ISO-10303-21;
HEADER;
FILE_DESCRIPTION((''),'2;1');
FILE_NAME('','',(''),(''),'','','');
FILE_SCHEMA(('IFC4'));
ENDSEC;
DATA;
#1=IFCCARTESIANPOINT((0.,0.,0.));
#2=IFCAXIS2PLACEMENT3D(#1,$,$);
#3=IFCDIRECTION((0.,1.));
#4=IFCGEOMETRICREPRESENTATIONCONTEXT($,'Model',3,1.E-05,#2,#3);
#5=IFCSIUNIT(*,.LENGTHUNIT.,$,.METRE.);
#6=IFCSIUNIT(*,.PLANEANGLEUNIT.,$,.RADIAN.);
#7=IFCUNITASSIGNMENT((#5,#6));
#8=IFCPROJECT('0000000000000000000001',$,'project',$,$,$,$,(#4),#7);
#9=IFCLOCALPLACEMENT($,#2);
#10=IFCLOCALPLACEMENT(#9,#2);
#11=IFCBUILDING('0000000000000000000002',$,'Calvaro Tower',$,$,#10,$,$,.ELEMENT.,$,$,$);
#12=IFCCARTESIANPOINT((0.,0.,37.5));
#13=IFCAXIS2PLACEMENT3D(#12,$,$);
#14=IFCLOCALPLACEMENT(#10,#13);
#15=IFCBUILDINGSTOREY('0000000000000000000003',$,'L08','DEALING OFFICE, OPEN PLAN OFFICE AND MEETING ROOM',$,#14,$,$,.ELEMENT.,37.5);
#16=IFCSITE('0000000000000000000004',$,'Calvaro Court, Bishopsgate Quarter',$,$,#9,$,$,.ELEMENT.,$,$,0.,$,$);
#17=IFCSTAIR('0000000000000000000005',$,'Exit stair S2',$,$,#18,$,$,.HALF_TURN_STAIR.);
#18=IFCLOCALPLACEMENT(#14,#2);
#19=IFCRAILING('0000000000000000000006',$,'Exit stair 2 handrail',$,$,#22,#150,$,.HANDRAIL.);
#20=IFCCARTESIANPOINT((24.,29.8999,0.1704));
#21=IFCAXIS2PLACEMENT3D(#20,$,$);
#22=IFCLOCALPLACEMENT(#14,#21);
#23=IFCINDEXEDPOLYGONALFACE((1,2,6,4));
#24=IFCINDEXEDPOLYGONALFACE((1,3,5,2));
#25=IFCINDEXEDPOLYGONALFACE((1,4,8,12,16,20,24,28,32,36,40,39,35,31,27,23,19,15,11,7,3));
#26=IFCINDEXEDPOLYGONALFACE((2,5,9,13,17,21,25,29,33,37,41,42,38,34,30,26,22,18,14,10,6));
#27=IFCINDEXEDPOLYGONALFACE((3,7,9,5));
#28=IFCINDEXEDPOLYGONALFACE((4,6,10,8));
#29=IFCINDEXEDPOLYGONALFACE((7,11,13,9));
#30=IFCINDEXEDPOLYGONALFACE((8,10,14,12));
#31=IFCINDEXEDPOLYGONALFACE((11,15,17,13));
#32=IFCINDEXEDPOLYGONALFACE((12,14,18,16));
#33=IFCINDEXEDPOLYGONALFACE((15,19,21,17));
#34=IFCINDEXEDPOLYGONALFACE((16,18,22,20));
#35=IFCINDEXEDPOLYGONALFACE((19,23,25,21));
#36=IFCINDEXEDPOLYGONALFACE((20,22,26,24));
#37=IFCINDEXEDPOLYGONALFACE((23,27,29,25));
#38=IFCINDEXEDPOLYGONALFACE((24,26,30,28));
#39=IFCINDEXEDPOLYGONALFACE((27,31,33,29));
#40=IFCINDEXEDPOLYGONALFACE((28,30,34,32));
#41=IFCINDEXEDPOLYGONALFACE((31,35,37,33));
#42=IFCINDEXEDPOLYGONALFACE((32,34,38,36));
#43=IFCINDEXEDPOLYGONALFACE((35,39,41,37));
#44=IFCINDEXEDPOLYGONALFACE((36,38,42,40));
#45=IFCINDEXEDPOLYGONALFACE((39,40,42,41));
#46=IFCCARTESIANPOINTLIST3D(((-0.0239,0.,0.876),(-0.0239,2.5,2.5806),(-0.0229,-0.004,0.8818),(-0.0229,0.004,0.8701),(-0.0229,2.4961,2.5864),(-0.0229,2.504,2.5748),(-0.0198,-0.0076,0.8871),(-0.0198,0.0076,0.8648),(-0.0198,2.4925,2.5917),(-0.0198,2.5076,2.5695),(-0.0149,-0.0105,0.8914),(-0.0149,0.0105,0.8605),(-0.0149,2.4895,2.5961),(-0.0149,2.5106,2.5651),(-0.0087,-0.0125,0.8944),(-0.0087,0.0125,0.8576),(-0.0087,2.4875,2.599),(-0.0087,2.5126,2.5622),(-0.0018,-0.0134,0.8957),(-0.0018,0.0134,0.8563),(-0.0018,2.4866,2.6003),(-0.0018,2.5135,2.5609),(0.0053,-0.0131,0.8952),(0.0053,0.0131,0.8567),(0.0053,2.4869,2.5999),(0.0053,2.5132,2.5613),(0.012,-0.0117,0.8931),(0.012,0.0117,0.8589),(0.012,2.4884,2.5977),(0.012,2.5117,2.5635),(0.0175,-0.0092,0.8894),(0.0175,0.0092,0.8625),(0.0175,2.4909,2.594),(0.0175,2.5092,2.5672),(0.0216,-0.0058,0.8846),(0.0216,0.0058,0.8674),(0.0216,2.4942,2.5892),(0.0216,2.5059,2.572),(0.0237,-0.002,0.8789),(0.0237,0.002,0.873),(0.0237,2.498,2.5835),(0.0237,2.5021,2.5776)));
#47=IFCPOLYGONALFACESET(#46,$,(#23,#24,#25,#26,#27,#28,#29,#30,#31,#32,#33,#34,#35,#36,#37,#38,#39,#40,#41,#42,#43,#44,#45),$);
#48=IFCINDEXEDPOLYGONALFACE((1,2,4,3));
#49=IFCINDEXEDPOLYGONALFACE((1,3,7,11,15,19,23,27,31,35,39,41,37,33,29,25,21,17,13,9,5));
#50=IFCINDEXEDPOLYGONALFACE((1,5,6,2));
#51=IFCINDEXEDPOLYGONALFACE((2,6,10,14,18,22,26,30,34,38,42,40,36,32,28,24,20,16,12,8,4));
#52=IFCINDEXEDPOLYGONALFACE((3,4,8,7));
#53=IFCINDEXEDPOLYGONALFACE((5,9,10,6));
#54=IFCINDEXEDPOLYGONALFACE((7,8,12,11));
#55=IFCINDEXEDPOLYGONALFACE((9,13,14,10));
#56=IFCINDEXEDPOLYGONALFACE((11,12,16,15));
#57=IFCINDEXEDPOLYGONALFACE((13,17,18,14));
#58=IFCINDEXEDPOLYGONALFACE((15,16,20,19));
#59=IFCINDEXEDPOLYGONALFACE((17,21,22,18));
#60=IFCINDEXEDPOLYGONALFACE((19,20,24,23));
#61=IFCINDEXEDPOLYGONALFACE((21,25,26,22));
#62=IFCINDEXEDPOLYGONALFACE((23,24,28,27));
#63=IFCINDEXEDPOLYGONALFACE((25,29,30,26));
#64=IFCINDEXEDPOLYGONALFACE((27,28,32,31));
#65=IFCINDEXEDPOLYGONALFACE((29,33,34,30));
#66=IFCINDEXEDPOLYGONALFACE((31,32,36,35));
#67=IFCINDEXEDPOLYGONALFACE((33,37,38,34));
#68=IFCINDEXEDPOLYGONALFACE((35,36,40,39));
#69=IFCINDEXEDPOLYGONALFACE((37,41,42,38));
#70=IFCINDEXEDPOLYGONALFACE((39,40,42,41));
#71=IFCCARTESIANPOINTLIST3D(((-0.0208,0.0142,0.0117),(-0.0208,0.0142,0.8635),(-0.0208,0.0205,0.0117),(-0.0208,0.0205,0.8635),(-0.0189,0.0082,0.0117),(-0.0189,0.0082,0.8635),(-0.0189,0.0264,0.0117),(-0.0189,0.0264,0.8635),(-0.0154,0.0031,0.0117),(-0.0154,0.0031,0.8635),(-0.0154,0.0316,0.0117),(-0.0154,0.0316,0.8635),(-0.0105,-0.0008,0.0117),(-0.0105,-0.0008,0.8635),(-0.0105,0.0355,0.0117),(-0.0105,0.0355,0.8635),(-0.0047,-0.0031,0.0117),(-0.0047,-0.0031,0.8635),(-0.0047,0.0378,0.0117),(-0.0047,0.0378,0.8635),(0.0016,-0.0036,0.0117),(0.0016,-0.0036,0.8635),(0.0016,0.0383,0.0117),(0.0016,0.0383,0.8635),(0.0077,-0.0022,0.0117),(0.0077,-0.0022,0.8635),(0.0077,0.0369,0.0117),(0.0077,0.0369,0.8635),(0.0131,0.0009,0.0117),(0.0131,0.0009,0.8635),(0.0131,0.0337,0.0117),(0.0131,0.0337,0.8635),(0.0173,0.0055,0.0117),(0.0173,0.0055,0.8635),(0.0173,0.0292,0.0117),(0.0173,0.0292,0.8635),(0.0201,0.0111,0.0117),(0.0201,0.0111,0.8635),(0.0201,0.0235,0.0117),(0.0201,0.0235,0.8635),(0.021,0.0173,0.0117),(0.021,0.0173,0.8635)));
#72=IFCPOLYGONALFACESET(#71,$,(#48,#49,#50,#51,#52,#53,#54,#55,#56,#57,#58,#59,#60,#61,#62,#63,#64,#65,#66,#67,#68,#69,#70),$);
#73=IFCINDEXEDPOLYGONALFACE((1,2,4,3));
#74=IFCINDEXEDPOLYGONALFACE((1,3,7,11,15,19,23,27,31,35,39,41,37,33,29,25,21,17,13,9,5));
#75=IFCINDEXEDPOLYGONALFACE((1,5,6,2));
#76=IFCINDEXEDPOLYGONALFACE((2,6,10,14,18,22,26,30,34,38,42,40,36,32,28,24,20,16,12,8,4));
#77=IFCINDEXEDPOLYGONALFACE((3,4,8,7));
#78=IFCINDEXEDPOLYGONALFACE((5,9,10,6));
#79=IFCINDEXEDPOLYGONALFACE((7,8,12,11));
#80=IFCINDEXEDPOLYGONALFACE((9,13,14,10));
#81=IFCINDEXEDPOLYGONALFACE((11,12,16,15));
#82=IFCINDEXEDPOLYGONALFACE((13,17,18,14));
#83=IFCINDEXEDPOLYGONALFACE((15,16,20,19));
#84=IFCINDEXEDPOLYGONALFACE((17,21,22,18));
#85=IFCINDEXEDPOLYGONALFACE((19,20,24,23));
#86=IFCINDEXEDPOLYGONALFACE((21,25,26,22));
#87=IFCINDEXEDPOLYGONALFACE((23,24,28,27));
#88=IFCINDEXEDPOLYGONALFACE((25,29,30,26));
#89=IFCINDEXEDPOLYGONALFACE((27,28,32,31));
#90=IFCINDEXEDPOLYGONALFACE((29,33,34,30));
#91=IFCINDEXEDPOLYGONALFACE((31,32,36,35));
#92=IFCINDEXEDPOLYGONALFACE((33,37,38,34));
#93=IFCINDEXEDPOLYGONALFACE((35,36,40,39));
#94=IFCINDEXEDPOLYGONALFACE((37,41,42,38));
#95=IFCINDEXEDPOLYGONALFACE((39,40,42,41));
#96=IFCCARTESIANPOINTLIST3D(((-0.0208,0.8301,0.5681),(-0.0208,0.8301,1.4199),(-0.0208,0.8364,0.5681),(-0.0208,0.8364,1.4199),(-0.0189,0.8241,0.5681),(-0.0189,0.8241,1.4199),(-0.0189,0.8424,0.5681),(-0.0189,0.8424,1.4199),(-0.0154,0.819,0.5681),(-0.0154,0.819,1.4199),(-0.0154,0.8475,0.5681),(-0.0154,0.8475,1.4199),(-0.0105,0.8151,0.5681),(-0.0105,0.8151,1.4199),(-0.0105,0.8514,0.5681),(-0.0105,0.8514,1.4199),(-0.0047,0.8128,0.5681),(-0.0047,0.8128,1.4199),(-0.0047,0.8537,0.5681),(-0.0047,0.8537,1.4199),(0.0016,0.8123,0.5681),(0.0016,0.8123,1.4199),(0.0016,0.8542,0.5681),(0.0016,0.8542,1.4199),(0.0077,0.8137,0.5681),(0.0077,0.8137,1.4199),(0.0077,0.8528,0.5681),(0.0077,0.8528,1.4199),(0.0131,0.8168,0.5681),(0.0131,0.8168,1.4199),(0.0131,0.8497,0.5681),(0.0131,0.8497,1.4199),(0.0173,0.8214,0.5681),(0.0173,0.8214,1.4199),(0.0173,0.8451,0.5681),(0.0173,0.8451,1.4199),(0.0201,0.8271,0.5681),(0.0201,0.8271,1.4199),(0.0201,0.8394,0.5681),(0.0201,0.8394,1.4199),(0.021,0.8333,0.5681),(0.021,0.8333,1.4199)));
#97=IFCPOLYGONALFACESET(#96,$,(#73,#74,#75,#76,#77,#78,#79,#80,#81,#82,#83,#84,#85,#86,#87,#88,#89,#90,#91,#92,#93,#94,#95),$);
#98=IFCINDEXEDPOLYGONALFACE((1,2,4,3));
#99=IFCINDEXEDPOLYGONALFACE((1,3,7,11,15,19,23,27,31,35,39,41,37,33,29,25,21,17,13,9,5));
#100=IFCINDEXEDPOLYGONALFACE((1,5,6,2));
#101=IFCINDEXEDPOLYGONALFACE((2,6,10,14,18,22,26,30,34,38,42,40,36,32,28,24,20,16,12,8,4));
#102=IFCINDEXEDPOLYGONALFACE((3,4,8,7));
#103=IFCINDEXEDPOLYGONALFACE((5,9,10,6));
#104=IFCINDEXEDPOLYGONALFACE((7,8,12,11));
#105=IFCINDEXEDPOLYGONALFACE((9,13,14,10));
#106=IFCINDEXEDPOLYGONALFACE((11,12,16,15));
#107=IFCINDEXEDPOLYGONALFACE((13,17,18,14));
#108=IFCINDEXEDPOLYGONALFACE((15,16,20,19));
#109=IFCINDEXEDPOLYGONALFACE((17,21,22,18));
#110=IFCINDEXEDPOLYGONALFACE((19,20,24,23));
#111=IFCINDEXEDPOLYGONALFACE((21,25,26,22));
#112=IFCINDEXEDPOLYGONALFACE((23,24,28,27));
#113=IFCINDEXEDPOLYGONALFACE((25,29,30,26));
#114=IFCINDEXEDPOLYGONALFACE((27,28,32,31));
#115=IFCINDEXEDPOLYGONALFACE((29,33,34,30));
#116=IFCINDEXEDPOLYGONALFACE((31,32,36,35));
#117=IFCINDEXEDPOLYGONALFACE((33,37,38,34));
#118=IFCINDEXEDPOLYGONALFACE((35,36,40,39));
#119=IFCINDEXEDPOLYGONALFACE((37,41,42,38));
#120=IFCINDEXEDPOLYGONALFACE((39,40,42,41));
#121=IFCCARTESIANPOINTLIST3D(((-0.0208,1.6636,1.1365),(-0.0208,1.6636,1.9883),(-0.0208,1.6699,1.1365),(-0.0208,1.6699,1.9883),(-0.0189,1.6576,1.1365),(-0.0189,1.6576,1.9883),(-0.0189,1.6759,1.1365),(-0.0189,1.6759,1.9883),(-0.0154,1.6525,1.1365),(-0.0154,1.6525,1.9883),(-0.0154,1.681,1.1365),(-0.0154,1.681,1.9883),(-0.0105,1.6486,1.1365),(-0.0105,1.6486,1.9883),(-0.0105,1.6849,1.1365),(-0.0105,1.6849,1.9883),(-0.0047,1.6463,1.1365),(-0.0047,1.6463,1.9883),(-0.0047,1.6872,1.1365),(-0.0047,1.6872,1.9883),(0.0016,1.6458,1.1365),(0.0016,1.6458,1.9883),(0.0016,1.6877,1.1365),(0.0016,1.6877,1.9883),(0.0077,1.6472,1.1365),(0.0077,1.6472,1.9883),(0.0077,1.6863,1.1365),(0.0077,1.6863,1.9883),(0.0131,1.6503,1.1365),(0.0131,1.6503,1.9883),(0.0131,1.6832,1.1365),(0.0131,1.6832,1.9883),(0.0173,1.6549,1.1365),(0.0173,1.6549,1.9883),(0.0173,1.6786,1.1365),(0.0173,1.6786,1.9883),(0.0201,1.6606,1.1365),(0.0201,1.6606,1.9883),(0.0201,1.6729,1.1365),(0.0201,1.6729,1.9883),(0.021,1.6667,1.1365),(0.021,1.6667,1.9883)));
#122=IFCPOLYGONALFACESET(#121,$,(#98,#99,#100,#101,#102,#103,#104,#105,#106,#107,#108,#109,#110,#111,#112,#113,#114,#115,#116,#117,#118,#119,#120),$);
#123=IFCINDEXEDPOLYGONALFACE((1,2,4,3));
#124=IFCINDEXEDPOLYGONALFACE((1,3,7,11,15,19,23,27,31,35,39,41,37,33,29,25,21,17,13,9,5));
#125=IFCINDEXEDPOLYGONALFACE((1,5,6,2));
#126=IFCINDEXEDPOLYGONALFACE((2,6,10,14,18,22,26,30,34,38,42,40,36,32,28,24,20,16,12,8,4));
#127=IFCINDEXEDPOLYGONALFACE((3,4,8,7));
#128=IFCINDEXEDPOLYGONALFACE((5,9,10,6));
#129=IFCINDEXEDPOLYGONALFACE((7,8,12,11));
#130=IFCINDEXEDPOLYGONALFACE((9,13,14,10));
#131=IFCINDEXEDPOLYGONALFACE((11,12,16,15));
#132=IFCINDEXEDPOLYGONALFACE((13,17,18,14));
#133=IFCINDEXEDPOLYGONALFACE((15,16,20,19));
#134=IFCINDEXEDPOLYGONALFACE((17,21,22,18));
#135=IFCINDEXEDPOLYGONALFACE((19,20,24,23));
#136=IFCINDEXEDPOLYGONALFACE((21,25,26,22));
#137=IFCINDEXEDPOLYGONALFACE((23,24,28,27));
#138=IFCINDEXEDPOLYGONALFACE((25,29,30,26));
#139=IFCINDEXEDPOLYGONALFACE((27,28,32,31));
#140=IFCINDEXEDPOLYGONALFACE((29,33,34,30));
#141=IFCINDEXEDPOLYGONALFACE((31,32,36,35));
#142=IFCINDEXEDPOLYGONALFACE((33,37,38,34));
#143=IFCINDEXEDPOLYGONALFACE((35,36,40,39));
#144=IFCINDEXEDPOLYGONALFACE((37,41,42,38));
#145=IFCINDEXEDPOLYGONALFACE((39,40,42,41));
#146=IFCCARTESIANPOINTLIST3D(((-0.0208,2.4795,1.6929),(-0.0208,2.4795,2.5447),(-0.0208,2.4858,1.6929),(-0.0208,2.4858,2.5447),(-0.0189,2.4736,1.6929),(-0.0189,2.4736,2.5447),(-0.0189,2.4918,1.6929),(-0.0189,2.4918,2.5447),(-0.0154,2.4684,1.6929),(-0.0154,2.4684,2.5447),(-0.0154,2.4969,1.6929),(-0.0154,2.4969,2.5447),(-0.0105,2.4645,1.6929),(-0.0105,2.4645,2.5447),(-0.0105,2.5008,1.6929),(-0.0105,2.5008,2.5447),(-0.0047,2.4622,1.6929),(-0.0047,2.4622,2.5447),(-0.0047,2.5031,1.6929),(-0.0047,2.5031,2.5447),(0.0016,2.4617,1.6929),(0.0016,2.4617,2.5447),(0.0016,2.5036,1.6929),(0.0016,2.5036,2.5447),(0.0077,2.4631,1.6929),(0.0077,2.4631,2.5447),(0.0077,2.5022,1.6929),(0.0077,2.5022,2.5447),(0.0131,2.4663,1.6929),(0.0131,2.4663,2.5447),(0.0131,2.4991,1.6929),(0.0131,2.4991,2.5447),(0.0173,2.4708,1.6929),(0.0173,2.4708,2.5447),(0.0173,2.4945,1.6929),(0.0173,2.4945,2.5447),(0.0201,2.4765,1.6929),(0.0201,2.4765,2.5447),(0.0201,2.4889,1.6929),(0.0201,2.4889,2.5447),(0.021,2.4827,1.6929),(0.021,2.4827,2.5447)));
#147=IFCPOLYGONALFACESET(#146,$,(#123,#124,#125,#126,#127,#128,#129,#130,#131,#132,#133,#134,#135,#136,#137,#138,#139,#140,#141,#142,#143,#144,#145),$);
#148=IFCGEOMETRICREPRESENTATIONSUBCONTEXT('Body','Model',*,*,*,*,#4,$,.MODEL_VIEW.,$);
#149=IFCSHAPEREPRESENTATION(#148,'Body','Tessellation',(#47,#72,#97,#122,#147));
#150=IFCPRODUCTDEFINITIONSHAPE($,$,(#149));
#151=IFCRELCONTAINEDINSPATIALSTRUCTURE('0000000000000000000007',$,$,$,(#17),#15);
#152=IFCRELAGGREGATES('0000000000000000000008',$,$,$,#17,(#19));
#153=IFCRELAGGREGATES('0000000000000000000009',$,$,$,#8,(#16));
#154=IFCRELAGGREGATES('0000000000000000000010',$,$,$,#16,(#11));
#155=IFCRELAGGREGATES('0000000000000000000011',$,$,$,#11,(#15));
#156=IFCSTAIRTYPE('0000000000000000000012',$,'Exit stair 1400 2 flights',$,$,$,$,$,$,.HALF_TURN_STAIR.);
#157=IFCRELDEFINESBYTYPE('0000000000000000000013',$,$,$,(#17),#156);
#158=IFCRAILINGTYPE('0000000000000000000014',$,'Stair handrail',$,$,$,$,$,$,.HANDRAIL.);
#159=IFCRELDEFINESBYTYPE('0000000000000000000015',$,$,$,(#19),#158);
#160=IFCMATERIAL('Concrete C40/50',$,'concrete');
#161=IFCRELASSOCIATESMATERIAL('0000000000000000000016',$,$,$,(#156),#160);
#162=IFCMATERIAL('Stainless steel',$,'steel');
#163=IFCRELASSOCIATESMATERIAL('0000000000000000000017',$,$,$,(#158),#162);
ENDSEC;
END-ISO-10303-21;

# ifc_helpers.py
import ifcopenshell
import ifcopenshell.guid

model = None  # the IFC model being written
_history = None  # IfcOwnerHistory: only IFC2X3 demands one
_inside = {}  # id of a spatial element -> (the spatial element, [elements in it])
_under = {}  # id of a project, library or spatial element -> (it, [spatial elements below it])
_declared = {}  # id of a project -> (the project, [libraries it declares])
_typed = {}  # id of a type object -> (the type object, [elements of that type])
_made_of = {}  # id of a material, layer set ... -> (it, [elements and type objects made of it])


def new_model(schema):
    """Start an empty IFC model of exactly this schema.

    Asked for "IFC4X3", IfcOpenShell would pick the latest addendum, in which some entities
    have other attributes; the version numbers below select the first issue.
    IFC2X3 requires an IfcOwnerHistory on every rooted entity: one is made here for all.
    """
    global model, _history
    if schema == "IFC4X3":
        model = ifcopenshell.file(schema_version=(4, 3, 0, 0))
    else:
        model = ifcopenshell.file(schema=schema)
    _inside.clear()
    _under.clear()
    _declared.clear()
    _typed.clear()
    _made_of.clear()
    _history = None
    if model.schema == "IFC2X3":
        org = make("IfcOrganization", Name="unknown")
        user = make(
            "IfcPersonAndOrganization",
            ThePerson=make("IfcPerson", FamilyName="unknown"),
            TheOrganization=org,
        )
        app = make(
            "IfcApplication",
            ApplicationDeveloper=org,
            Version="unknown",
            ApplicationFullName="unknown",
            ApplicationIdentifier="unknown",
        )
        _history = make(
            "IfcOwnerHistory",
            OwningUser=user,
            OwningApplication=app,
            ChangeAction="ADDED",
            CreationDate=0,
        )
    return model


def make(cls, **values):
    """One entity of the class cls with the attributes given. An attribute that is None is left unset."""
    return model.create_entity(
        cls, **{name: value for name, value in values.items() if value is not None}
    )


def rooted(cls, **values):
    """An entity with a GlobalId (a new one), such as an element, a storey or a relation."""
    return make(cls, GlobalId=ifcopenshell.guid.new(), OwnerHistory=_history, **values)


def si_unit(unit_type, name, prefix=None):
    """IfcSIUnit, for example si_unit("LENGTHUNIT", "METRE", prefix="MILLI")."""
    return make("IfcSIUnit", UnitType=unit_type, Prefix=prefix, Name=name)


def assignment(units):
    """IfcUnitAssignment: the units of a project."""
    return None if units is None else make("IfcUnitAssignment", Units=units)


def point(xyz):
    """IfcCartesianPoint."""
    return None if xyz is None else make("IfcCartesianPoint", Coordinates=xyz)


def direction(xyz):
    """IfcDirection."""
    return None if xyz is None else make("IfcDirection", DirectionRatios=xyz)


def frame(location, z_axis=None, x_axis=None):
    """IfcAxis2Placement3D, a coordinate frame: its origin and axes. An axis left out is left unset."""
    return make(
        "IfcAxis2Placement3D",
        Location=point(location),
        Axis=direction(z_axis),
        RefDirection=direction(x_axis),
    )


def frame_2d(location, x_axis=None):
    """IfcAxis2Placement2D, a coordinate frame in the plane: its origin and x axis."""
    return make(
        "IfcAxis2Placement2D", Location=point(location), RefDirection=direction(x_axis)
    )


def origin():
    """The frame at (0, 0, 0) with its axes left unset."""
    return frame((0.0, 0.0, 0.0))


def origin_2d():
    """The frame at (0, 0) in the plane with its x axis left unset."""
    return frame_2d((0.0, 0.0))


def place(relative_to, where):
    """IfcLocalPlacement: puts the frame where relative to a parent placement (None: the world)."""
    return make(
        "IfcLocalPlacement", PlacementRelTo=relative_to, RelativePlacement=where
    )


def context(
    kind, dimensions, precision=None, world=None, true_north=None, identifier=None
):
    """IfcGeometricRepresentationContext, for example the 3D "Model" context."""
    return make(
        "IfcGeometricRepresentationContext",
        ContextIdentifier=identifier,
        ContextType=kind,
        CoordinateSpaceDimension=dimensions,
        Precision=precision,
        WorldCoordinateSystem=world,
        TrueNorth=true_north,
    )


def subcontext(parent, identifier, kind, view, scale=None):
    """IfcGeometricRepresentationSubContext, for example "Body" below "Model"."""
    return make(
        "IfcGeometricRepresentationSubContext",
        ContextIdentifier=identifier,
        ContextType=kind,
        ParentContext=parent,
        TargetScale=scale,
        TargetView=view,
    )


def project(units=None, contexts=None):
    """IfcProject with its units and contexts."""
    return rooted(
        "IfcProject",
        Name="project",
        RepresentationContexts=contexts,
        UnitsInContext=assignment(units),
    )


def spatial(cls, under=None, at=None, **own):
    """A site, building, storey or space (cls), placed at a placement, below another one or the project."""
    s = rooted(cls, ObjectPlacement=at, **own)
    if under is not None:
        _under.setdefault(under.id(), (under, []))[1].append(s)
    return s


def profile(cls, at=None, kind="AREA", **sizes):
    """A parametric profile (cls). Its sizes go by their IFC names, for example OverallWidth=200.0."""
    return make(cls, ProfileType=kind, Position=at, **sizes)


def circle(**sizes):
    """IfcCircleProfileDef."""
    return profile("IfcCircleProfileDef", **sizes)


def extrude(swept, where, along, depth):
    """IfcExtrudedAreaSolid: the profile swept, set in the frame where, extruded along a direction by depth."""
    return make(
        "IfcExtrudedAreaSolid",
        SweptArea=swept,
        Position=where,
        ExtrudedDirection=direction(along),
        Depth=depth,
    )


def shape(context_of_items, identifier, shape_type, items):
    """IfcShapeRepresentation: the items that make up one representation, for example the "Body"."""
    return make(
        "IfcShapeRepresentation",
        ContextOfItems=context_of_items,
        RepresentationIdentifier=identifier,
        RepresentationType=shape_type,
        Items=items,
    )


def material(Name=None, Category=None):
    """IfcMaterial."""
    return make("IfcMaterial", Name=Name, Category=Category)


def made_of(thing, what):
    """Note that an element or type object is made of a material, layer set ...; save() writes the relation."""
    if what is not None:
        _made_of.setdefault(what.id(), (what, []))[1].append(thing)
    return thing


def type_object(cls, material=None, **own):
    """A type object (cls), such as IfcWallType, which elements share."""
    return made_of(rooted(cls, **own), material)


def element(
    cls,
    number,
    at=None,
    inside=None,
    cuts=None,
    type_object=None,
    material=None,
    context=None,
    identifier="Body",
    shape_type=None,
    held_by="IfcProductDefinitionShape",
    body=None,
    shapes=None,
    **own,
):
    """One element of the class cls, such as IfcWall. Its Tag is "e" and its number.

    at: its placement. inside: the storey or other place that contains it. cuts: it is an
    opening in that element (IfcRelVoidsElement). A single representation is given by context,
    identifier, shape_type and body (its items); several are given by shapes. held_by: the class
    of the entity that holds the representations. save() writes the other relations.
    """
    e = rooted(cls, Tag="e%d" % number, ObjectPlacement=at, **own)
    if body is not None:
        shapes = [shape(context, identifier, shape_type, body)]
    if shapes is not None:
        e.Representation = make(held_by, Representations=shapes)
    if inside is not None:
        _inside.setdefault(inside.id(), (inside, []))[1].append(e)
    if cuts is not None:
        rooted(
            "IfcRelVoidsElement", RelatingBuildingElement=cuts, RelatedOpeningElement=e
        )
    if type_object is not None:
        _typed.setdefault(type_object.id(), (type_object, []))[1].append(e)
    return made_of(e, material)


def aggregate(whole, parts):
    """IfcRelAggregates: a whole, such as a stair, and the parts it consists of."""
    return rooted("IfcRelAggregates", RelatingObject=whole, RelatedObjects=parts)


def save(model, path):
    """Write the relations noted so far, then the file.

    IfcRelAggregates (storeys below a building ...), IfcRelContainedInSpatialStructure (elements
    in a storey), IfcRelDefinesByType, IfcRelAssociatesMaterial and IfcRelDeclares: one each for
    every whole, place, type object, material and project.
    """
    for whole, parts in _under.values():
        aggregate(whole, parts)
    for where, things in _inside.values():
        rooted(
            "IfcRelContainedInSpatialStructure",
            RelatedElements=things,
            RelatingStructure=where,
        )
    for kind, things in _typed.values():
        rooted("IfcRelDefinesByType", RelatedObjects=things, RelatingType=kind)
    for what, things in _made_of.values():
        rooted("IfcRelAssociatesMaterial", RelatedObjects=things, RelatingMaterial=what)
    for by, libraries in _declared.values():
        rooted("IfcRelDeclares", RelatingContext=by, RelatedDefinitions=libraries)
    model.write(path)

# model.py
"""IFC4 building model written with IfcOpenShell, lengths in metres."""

from ifc_helpers import new_model, si_unit, direction, frame, origin, origin_2d, place, context, subcontext, project, spatial, circle, extrude, material, type_object, element, aggregate, save


model = new_model("IFC4")

# Units and contexts
model_context = context("Model", 3, precision=1e-05, world=origin(), true_north=direction((0.0, 1.0)))
body_context = subcontext(model_context, "Body", "Model", "MODEL_VIEW")
ifc_project = project(units=[si_unit("LENGTHUNIT", "METRE"), si_unit("PLANEANGLEUNIT", "RADIAN")], contexts=[model_context])

# Site, building, storey
site_placement = place(None, origin())
site = spatial("IfcSite", under=ifc_project, at=site_placement, Name="Calvaro Court, Bishopsgate Quarter", CompositionType="ELEMENT", RefElevation=0.0)
building_placement = place(site_placement, origin())
building = spatial("IfcBuilding", under=site, at=building_placement, Name="Calvaro Tower", CompositionType="ELEMENT")
storey_placement = place(building_placement, frame((0.0, 0.0, 37.5)))
storey = spatial("IfcBuildingStorey", under=building, at=storey_placement, Name="L08", Description="DEALING OFFICE, OPEN PLAN OFFICE AND MEETING ROOM", CompositionType="ELEMENT", Elevation=37.5)

# Stair, railing
ifc_material_1 = material(Name="Concrete C40/50", Category="concrete")
stair_type = type_object("IfcStairType", Name="Exit stair 1400 2 flights", PredefinedType="HALF_TURN_STAIR", material=ifc_material_1)
stair_placement = place(storey_placement, origin())
stair = element("IfcStair", 1, at=stair_placement, inside=storey, type_object=stair_type, Name="Exit stair S2", PredefinedType="HALF_TURN_STAIR")
ifc_material_2 = material(Name="Stainless steel", Category="steel")
railing_type = type_object("IfcRailingType", Name="Stair handrail", PredefinedType="HANDRAIL", material=ifc_material_2)
railing_placement = place(storey_placement, frame((24.0, 29.8999, 0.1704)))
railing = element("IfcRailing", 2, at=railing_placement, type_object=railing_type, Name="Exit stair 2 handrail", PredefinedType="HANDRAIL", context=body_context, shape_type="SweptSolid", body=[
    extrude(circle(Radius=0.0239, at=origin_2d()), frame((0.0, 0.0, 0.876), z_axis=(0.0, 0.826221, 0.563347), x_axis=(-1.0, 0.0, 0.0)), (0.0, 0.0, 1.0), 3.0259),
    extrude(circle(Radius=0.021, at=origin_2d()), frame((0.0, 0.0173, 0.0117)), (0.0, 0.0, 1.0), 0.8518),
    extrude(circle(Radius=0.021, at=origin_2d()), frame((0.0, 0.8333, 0.5681)), (0.0, 0.0, 1.0), 0.8518),
    extrude(circle(Radius=0.021, at=origin_2d()), frame((0.0, 1.6667, 1.1365)), (0.0, 0.0, 1.0), 0.8518),
    extrude(circle(Radius=0.021, at=origin_2d()), frame((0.0, 2.4827, 1.6929)), (0.0, 0.0, 1.0), 0.8518),
])
aggregate(stair, [railing])

save(model, "model.ifc")
